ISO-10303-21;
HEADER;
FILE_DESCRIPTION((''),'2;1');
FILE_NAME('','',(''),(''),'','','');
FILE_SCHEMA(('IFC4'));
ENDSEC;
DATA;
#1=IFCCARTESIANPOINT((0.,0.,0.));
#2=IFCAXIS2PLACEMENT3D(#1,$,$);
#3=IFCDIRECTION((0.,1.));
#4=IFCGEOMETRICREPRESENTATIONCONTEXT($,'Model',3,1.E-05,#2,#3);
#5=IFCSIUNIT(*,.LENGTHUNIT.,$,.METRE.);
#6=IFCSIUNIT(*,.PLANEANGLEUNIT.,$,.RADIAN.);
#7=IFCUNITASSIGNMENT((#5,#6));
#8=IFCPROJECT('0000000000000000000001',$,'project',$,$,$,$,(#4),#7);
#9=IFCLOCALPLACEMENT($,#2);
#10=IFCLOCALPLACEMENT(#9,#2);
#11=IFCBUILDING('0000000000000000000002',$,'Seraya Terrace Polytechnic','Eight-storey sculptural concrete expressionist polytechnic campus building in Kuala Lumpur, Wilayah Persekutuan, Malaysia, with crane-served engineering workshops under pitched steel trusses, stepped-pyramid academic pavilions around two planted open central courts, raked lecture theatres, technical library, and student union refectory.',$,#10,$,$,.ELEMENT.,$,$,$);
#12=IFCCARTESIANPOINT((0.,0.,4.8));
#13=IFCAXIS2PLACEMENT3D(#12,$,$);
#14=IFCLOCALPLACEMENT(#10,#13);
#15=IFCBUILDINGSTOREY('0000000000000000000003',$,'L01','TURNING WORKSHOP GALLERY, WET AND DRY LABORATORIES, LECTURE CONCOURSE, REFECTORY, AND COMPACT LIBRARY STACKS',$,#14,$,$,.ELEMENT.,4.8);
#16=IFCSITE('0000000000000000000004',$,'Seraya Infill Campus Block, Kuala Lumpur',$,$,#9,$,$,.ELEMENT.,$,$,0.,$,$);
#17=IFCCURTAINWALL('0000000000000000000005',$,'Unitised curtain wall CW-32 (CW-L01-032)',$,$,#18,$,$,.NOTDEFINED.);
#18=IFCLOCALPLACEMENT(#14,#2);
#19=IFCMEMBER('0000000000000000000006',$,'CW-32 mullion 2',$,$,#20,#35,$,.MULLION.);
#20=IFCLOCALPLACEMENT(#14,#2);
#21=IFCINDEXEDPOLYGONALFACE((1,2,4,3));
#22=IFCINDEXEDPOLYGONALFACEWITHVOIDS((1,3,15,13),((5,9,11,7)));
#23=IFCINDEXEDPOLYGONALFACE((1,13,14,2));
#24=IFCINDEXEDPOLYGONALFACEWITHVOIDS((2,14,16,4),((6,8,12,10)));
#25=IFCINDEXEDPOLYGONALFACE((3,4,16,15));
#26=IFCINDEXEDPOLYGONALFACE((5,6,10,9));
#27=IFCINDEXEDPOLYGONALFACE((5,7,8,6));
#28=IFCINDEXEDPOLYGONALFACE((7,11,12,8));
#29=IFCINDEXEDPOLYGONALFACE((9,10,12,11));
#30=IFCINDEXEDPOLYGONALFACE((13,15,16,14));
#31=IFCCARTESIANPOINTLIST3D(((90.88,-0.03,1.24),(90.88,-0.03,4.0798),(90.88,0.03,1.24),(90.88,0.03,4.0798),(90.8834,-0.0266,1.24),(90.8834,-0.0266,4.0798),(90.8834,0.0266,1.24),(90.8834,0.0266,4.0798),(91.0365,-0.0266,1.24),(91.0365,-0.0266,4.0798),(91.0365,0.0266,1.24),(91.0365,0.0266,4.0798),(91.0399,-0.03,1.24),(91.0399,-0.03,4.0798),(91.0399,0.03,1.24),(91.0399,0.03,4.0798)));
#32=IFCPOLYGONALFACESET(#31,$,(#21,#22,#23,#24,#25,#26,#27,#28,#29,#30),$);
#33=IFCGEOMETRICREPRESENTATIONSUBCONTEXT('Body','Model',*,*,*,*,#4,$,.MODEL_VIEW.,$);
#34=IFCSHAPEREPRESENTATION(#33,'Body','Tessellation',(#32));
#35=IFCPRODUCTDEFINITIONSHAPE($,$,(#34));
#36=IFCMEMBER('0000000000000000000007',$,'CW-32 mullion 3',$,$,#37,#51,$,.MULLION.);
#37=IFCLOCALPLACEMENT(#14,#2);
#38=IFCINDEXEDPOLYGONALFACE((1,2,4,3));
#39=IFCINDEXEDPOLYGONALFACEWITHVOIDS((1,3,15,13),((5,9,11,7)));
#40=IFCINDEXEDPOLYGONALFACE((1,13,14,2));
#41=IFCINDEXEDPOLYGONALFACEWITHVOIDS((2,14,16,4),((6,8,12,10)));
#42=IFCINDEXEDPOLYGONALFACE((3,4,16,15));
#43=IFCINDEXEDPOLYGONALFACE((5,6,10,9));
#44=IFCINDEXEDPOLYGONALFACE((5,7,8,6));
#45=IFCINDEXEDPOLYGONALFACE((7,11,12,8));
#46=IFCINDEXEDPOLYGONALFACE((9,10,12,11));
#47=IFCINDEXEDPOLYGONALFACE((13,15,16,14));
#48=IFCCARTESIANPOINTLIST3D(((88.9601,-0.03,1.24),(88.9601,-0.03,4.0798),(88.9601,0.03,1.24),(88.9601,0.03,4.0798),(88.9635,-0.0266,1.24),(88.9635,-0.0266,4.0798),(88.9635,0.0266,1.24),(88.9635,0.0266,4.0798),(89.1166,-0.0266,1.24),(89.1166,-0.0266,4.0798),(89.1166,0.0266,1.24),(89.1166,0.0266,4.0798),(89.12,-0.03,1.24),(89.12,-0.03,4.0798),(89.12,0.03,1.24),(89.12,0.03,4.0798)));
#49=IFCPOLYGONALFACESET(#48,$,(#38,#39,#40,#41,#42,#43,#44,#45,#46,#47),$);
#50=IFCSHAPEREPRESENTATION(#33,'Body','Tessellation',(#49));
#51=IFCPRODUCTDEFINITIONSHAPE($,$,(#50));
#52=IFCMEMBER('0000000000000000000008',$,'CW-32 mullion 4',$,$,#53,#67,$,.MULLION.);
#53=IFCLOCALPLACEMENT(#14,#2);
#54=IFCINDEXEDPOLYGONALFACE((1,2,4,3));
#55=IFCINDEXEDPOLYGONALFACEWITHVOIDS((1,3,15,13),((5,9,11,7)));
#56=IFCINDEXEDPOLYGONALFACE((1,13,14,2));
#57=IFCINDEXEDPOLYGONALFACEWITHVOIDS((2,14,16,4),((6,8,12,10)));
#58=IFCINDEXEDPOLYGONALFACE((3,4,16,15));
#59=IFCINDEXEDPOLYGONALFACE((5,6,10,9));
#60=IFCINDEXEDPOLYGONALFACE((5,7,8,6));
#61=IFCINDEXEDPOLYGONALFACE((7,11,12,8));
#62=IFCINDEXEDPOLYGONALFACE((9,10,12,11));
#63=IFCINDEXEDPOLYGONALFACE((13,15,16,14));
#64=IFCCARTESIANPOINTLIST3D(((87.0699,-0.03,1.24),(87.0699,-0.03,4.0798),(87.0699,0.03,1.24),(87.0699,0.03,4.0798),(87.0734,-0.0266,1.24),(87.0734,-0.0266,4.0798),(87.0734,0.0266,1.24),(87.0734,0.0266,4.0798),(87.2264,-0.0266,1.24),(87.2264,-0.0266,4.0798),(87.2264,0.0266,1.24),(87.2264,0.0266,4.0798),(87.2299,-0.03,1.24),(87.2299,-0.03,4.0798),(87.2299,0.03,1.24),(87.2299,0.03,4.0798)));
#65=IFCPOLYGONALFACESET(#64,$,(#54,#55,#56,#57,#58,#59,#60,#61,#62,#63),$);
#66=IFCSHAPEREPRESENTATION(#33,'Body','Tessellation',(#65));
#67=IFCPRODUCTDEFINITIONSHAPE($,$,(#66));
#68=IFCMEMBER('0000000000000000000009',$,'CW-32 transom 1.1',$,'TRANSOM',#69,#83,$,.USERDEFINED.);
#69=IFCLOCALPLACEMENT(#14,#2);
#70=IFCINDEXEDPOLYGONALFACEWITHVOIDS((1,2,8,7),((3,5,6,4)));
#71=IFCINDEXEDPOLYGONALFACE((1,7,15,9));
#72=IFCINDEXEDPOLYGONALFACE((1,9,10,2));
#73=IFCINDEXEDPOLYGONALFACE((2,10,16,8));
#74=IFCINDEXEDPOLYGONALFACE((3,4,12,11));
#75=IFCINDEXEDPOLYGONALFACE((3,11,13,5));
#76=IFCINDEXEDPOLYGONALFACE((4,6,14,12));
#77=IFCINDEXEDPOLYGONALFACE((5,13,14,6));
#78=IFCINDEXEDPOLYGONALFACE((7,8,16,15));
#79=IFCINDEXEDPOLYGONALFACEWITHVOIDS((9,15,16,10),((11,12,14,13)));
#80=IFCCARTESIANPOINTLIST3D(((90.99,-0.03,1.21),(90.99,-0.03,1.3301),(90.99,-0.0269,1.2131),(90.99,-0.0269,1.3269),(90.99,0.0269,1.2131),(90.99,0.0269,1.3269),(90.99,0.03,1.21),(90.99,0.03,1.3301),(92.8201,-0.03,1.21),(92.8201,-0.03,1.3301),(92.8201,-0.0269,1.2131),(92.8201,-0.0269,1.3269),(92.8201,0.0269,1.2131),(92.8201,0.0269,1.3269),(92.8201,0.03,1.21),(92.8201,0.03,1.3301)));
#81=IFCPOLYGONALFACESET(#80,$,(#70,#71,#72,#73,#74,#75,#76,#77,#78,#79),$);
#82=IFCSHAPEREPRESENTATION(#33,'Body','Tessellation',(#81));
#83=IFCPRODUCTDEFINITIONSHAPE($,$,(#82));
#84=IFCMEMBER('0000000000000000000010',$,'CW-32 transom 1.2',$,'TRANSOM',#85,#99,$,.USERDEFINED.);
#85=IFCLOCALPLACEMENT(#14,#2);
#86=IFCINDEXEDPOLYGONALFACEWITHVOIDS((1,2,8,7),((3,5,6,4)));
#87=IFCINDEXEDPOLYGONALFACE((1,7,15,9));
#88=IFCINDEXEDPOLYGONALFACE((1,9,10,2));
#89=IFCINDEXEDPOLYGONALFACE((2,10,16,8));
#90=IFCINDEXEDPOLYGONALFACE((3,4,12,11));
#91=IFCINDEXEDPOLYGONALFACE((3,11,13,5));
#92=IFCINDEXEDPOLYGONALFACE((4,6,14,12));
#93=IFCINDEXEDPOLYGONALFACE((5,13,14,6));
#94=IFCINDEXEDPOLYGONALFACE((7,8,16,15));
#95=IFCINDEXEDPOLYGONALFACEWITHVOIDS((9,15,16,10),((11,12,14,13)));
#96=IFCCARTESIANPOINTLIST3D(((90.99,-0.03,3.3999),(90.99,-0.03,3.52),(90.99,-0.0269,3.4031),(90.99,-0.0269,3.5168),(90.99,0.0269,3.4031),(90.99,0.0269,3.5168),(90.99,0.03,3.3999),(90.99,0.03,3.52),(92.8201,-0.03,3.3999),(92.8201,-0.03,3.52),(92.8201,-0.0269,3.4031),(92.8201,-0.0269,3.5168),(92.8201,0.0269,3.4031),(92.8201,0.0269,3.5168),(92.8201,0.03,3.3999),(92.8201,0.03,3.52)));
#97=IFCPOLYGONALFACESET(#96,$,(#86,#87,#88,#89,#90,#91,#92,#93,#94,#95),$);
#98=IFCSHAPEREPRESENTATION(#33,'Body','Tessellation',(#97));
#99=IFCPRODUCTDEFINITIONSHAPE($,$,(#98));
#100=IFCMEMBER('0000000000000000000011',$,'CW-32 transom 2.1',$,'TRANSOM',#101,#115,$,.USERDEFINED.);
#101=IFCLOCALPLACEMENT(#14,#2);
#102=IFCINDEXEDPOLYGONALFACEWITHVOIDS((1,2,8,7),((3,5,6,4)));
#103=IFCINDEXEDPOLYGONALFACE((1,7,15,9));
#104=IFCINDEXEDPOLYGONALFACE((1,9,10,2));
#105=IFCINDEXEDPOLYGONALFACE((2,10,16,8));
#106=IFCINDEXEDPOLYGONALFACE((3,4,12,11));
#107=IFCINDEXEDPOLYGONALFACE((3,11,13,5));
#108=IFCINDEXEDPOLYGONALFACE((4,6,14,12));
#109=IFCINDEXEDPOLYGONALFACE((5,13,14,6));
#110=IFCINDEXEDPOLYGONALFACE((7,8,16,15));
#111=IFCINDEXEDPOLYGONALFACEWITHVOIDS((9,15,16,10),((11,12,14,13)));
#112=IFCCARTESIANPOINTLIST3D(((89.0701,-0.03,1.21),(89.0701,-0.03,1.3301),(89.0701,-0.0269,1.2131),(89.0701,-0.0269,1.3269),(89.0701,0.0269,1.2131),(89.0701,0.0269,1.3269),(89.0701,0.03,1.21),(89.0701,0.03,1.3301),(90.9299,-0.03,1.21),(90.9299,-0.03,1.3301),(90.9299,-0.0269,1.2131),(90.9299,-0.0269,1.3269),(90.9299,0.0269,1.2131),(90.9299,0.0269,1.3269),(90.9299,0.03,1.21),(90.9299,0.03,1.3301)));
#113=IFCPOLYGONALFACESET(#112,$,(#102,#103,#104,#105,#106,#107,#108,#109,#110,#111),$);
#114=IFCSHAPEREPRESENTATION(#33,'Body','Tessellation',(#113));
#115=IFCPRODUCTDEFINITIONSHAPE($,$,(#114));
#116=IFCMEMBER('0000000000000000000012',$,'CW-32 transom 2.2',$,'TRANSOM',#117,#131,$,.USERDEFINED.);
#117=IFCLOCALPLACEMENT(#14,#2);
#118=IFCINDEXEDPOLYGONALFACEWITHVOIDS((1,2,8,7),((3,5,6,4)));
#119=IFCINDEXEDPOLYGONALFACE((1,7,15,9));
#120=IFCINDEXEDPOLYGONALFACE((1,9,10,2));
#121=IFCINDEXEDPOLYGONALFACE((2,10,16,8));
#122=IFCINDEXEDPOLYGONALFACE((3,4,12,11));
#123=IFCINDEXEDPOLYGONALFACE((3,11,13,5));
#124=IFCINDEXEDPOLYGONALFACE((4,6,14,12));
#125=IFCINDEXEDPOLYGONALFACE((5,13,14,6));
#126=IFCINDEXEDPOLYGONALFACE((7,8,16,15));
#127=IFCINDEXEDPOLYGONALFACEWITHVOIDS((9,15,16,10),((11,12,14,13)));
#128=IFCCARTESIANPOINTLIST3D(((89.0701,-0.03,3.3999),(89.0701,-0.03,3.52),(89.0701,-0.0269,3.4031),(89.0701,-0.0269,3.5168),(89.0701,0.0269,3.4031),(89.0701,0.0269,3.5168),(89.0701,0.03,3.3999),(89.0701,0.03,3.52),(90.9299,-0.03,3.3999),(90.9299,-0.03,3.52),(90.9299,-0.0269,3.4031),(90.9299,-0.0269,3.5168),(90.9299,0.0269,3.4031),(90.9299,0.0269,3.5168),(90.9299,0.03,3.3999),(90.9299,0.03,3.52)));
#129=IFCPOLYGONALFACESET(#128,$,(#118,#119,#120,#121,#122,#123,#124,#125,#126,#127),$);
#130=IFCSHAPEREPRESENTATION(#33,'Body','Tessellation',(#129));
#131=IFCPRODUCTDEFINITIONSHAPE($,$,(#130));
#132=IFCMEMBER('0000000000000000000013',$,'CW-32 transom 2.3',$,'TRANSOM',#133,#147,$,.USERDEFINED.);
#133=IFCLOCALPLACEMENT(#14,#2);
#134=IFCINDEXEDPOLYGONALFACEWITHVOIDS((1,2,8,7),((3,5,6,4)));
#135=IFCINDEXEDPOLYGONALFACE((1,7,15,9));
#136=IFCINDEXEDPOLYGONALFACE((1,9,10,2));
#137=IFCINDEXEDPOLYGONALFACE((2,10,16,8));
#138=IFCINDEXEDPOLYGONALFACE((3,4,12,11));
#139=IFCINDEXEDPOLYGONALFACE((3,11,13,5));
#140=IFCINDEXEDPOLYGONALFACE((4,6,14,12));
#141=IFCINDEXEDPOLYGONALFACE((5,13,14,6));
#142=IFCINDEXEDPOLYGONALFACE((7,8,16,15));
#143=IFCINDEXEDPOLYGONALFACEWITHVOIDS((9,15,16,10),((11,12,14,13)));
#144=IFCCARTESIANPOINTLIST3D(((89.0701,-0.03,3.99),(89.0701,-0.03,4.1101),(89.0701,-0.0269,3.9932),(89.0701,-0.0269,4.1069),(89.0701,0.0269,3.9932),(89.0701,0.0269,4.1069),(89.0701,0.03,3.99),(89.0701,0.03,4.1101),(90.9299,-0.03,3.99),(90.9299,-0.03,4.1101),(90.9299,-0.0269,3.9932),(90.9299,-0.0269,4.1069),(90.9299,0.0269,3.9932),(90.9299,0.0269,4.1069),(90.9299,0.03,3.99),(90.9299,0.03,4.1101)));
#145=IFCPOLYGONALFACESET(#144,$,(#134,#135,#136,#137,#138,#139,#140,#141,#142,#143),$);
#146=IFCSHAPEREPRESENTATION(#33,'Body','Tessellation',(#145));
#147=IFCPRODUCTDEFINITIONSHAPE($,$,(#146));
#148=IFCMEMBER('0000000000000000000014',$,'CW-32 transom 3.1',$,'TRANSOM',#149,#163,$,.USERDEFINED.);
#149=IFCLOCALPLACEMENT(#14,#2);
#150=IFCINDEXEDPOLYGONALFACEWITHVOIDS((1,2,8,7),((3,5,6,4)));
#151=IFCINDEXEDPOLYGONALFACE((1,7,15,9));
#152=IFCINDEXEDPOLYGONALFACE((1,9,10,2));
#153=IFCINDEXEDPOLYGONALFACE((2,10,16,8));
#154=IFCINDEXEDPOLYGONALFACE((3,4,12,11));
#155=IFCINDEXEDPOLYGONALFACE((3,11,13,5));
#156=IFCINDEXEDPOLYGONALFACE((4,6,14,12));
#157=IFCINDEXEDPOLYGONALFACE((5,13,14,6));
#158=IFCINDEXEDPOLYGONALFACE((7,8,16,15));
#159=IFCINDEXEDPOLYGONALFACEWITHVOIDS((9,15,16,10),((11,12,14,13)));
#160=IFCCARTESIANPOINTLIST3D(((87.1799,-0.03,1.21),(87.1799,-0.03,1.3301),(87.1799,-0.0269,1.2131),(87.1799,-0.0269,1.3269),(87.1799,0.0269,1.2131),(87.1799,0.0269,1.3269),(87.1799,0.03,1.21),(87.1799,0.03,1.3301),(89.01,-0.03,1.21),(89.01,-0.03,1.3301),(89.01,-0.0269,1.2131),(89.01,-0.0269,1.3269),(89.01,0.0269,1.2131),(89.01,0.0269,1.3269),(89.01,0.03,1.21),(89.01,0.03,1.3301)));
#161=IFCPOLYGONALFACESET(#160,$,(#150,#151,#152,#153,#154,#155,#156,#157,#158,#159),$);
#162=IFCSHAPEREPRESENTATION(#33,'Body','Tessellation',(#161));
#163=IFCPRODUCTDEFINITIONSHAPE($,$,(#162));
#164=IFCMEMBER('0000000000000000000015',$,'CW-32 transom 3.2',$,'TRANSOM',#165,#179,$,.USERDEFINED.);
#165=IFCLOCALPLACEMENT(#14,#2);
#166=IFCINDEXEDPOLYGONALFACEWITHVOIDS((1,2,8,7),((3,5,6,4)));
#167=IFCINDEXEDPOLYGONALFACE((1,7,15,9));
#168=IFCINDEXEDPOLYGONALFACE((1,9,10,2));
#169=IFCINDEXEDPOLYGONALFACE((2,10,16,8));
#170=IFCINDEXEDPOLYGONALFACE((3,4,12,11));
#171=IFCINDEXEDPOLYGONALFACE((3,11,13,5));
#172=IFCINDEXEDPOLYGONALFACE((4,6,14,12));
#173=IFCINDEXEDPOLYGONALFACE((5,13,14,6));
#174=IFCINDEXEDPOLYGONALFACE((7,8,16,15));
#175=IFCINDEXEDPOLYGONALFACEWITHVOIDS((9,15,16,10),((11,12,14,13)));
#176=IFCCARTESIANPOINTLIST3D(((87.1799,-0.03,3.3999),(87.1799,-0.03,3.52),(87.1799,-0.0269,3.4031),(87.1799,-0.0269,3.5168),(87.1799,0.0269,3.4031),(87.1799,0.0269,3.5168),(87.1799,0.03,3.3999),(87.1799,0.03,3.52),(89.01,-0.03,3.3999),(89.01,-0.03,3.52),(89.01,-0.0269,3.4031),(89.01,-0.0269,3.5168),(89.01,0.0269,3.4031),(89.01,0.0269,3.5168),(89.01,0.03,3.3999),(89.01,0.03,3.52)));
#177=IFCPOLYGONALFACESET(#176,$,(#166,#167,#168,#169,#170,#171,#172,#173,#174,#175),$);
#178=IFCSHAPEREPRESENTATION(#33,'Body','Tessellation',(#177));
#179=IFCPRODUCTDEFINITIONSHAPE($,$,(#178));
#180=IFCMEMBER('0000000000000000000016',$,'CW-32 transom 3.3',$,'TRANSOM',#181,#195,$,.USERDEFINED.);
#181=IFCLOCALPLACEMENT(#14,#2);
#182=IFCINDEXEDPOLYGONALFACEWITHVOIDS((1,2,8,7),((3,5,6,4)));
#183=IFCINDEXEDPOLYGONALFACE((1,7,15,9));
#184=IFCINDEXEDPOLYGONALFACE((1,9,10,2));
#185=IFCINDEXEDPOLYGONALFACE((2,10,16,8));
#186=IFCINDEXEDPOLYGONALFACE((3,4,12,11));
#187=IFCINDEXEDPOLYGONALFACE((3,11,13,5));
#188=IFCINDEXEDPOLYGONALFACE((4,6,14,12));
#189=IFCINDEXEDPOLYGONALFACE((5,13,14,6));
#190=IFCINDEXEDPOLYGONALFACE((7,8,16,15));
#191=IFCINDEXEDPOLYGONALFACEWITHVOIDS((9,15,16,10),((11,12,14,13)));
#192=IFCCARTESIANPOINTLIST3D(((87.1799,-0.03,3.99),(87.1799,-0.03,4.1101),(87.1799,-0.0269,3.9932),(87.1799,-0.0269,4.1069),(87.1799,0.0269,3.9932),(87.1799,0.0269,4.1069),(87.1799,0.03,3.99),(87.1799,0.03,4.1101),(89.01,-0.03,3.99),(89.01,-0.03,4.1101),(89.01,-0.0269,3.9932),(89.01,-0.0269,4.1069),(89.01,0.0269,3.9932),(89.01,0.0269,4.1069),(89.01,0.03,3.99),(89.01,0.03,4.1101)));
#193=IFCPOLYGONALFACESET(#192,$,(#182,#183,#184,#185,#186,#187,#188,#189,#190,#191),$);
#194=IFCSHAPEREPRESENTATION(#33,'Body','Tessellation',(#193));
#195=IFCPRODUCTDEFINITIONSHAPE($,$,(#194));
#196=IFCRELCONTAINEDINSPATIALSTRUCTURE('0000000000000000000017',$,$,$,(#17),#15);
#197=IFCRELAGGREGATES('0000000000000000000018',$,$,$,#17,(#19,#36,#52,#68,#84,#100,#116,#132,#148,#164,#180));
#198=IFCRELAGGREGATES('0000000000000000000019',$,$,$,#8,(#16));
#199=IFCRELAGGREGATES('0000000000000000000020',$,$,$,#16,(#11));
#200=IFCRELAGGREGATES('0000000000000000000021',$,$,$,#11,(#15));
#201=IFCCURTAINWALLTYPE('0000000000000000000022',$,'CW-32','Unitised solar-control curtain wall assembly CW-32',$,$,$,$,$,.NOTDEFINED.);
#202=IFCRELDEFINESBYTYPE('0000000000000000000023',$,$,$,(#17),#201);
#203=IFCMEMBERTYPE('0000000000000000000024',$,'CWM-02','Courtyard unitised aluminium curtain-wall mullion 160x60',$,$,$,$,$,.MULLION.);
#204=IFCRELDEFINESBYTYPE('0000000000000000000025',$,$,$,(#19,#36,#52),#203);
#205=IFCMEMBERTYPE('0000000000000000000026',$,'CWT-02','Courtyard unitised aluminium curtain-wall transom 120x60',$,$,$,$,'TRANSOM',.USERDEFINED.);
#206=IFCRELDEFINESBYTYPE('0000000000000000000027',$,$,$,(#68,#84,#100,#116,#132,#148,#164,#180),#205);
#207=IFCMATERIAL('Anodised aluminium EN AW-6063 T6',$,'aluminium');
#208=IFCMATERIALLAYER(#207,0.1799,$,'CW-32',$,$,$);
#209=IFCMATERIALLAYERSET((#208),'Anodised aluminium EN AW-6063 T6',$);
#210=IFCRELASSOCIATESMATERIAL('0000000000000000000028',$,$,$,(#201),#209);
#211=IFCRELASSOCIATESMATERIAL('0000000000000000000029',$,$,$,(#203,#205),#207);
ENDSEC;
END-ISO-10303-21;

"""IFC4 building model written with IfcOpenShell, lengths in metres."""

from ifc_helpers import new_model, si_unit, direction, frame, origin, origin_2d, place, context, subcontext, project, spatial, hollow_rectangle, extrude, material, layer, layer_set, material_profile, profile_set, type_object, element, aggregate, save


model = new_model("IFC4")

# Units and contexts
model_context = context("Model", 3, precision=1e-05, world=origin(), true_north=direction((0.0, 1.0)))
body_context = subcontext(model_context, "Body", "Model", "MODEL_VIEW")
ifc_project = project(units=[si_unit("LENGTHUNIT", "METRE"), si_unit("PLANEANGLEUNIT", "RADIAN")], contexts=[model_context])

# Site, building, storey
site_placement = place(None, origin())
site = spatial("IfcSite", under=ifc_project, at=site_placement, Name="Seraya Infill Campus Block, Kuala Lumpur", CompositionType="ELEMENT", RefElevation=0.0)
building_placement = place(site_placement, origin())
building = spatial("IfcBuilding", under=site, at=building_placement, Name="Seraya Terrace Polytechnic", Description="Eight-storey sculptural concrete expressionist polytechnic campus building in Kuala Lumpur, Wilayah Persekutuan, Malaysia, with crane-served engineering workshops under pitched steel trusses, stepped-pyramid academic pavilions around two planted open central courts, raked lecture theatres, technical library, and student union refectory.", CompositionType="ELEMENT")
storey_placement = place(building_placement, frame((0.0, 0.0, 4.8)))
storey = spatial("IfcBuildingStorey", under=building, at=storey_placement, Name="L01", Description="TURNING WORKSHOP GALLERY, WET AND DRY LABORATORIES, LECTURE CONCOURSE, REFECTORY, AND COMPACT LIBRARY STACKS", CompositionType="ELEMENT", Elevation=4.8)

# Curtain wall, members
ifc_material_1 = material(Name="Anodised aluminium EN AW-6063 T6", Category="aluminium")
ifc_layer_1 = layer(ifc_material_1, 0.1799, Name="CW-32")
ifc_layer_set_1 = layer_set([ifc_layer_1], Name="Anodised aluminium EN AW-6063 T6")
curtain_wall_type = type_object("IfcCurtainWallType", Name="CW-32", Description="Unitised solar-control curtain wall assembly CW-32", PredefinedType="NOTDEFINED", material=ifc_layer_set_1)
curtain_wall_placement = place(storey_placement, origin())
curtain_wall = element("IfcCurtainWall", 1, at=curtain_wall_placement, inside=storey, type_object=curtain_wall_type, Name="Unitised curtain wall CW-32 (CW-L01-032)", PredefinedType="NOTDEFINED")
ifc_material_profile_1 = material_profile(ifc_material_1, hollow_rectangle(XDim=0.0601, YDim=0.1599, WallThickness=0.0034, at=origin_2d()), Name="RHS 160x60x3.5")
ifc_profile_set_1 = profile_set([ifc_material_profile_1], Name="Anodised aluminium EN AW-6063 T6")
member_type_1 = type_object("IfcMemberType", Name="CWM-02", Description="Courtyard unitised aluminium curtain-wall mullion 160x60", PredefinedType="MULLION", material=ifc_profile_set_1)
member_1_placement = place(storey_placement, frame((90.96, 0.0, 1.24), z_axis=(0.0, 0.0, 1.0), x_axis=(0.0, -1.0, 0.0)))
member_1 = element("IfcMember", 2, at=member_1_placement, type_object=member_type_1, Name="CW-32 mullion 2", PredefinedType="MULLION", context=body_context, shape_type="SweptSolid", body=[
    extrude(hollow_rectangle(XDim=0.0601, YDim=0.1599, WallThickness=0.0034, at=origin_2d()), origin(), (0.0, 0.0, 1.0), 2.8398),
])
member_2_placement = place(storey_placement, frame((89.04, 0.0, 1.24), z_axis=(0.0, 0.0, 1.0), x_axis=(0.0, -1.0, 0.0)))
member_2 = element("IfcMember", 3, at=member_2_placement, type_object=member_type_1, Name="CW-32 mullion 3", PredefinedType="MULLION", context=body_context, shape_type="SweptSolid", body=[
    extrude(hollow_rectangle(XDim=0.0601, YDim=0.1599, WallThickness=0.0034, at=origin_2d()), origin(), (0.0, 0.0, 1.0), 2.8398),
])
member_3_placement = place(storey_placement, frame((87.1499, 0.0, 1.24), z_axis=(0.0, 0.0, 1.0), x_axis=(0.0, -1.0, 0.0)))
member_3 = element("IfcMember", 4, at=member_3_placement, type_object=member_type_1, Name="CW-32 mullion 4", PredefinedType="MULLION", context=body_context, shape_type="SweptSolid", body=[
    extrude(hollow_rectangle(XDim=0.0601, YDim=0.1599, WallThickness=0.0034, at=origin_2d()), origin(), (0.0, 0.0, 1.0), 2.8398),
])
ifc_material_profile_2 = material_profile(ifc_material_1, hollow_rectangle(XDim=0.0601, YDim=0.1201, WallThickness=0.0032, at=origin_2d()), Name="RHS 120x60x3.2")
ifc_profile_set_2 = profile_set([ifc_material_profile_2], Name="Anodised aluminium EN AW-6063 T6")
member_type_2 = type_object("IfcMemberType", Name="CWT-02", Description="Courtyard unitised aluminium curtain-wall transom 120x60", ElementType="TRANSOM", PredefinedType="USERDEFINED", material=ifc_profile_set_2)
member_4_placement = place(storey_placement, frame((92.8201, 0.0, 1.27), z_axis=(-1.0, 0.0, 0.0), x_axis=(0.0, -1.0, 0.0)))
member_4 = element("IfcMember", 5, at=member_4_placement, type_object=member_type_2, Name="CW-32 transom 1.1", ObjectType="TRANSOM", PredefinedType="USERDEFINED", context=body_context, shape_type="SweptSolid", body=[
    extrude(hollow_rectangle(XDim=0.0601, YDim=0.1201, WallThickness=0.0032, at=origin_2d()), origin(), (0.0, 0.0, 1.0), 1.8301),
])
member_5_placement = place(storey_placement, frame((92.8201, 0.0, 3.46), z_axis=(-1.0, 0.0, 0.0), x_axis=(0.0, -1.0, 0.0)))
member_5 = element("IfcMember", 6, at=member_5_placement, type_object=member_type_2, Name="CW-32 transom 1.2", ObjectType="TRANSOM", PredefinedType="USERDEFINED", context=body_context, shape_type="SweptSolid", body=[
    extrude(hollow_rectangle(XDim=0.0601, YDim=0.1201, WallThickness=0.0032, at=origin_2d()), origin(), (0.0, 0.0, 1.0), 1.8301),
])
member_6_placement = place(storey_placement, frame((90.9299, 0.0, 1.27), z_axis=(-1.0, 0.0, 0.0), x_axis=(0.0, -1.0, 0.0)))
member_6 = element("IfcMember", 7, at=member_6_placement, type_object=member_type_2, Name="CW-32 transom 2.1", ObjectType="TRANSOM", PredefinedType="USERDEFINED", context=body_context, shape_type="SweptSolid", body=[
    extrude(hollow_rectangle(XDim=0.0601, YDim=0.1201, WallThickness=0.0032, at=origin_2d()), origin(), (0.0, 0.0, 1.0), 1.8599),
])
member_7_placement = place(storey_placement, frame((90.9299, 0.0, 3.46), z_axis=(-1.0, 0.0, 0.0), x_axis=(0.0, -1.0, 0.0)))
member_7 = element("IfcMember", 8, at=member_7_placement, type_object=member_type_2, Name="CW-32 transom 2.2", ObjectType="TRANSOM", PredefinedType="USERDEFINED", context=body_context, shape_type="SweptSolid", body=[
    extrude(hollow_rectangle(XDim=0.0601, YDim=0.1201, WallThickness=0.0032, at=origin_2d()), origin(), (0.0, 0.0, 1.0), 1.8599),
])
member_8_placement = place(storey_placement, frame((90.9299, 0.0, 4.05), z_axis=(-1.0, 0.0, 0.0), x_axis=(0.0, -1.0, 0.0)))
member_8 = element("IfcMember", 9, at=member_8_placement, type_object=member_type_2, Name="CW-32 transom 2.3", ObjectType="TRANSOM", PredefinedType="USERDEFINED", context=body_context, shape_type="SweptSolid", body=[
    extrude(hollow_rectangle(XDim=0.0601, YDim=0.1201, WallThickness=0.0032, at=origin_2d()), origin(), (0.0, 0.0, 1.0), 1.8599),
])
member_9_placement = place(storey_placement, frame((89.01, 0.0, 1.27), z_axis=(-1.0, 0.0, 0.0), x_axis=(0.0, -1.0, 0.0)))
member_9 = element("IfcMember", 10, at=member_9_placement, type_object=member_type_2, Name="CW-32 transom 3.1", ObjectType="TRANSOM", PredefinedType="USERDEFINED", context=body_context, shape_type="SweptSolid", body=[
    extrude(hollow_rectangle(XDim=0.0601, YDim=0.1201, WallThickness=0.0032, at=origin_2d()), origin(), (0.0, 0.0, 1.0), 1.8301),
])
member_10_placement = place(storey_placement, frame((89.01, 0.0, 3.46), z_axis=(-1.0, 0.0, 0.0), x_axis=(0.0, -1.0, 0.0)))
member_10 = element("IfcMember", 11, at=member_10_placement, type_object=member_type_2, Name="CW-32 transom 3.2", ObjectType="TRANSOM", PredefinedType="USERDEFINED", context=body_context, shape_type="SweptSolid", body=[
    extrude(hollow_rectangle(XDim=0.0601, YDim=0.1201, WallThickness=0.0032, at=origin_2d()), origin(), (0.0, 0.0, 1.0), 1.8301),
])
member_11_placement = place(storey_placement, frame((89.01, 0.0, 4.05), z_axis=(-1.0, 0.0, 0.0), x_axis=(0.0, -1.0, 0.0)))
member_11 = element("IfcMember", 12, at=member_11_placement, type_object=member_type_2, Name="CW-32 transom 3.3", ObjectType="TRANSOM", PredefinedType="USERDEFINED", context=body_context, shape_type="SweptSolid", body=[
    extrude(hollow_rectangle(XDim=0.0601, YDim=0.1201, WallThickness=0.0032, at=origin_2d()), origin(), (0.0, 0.0, 1.0), 1.8301),
])
aggregate(curtain_wall, [member_1, member_2, member_3, member_4, member_5, member_6, member_7, member_8, member_9, member_10, member_11])

save(model, "model.ifc")
